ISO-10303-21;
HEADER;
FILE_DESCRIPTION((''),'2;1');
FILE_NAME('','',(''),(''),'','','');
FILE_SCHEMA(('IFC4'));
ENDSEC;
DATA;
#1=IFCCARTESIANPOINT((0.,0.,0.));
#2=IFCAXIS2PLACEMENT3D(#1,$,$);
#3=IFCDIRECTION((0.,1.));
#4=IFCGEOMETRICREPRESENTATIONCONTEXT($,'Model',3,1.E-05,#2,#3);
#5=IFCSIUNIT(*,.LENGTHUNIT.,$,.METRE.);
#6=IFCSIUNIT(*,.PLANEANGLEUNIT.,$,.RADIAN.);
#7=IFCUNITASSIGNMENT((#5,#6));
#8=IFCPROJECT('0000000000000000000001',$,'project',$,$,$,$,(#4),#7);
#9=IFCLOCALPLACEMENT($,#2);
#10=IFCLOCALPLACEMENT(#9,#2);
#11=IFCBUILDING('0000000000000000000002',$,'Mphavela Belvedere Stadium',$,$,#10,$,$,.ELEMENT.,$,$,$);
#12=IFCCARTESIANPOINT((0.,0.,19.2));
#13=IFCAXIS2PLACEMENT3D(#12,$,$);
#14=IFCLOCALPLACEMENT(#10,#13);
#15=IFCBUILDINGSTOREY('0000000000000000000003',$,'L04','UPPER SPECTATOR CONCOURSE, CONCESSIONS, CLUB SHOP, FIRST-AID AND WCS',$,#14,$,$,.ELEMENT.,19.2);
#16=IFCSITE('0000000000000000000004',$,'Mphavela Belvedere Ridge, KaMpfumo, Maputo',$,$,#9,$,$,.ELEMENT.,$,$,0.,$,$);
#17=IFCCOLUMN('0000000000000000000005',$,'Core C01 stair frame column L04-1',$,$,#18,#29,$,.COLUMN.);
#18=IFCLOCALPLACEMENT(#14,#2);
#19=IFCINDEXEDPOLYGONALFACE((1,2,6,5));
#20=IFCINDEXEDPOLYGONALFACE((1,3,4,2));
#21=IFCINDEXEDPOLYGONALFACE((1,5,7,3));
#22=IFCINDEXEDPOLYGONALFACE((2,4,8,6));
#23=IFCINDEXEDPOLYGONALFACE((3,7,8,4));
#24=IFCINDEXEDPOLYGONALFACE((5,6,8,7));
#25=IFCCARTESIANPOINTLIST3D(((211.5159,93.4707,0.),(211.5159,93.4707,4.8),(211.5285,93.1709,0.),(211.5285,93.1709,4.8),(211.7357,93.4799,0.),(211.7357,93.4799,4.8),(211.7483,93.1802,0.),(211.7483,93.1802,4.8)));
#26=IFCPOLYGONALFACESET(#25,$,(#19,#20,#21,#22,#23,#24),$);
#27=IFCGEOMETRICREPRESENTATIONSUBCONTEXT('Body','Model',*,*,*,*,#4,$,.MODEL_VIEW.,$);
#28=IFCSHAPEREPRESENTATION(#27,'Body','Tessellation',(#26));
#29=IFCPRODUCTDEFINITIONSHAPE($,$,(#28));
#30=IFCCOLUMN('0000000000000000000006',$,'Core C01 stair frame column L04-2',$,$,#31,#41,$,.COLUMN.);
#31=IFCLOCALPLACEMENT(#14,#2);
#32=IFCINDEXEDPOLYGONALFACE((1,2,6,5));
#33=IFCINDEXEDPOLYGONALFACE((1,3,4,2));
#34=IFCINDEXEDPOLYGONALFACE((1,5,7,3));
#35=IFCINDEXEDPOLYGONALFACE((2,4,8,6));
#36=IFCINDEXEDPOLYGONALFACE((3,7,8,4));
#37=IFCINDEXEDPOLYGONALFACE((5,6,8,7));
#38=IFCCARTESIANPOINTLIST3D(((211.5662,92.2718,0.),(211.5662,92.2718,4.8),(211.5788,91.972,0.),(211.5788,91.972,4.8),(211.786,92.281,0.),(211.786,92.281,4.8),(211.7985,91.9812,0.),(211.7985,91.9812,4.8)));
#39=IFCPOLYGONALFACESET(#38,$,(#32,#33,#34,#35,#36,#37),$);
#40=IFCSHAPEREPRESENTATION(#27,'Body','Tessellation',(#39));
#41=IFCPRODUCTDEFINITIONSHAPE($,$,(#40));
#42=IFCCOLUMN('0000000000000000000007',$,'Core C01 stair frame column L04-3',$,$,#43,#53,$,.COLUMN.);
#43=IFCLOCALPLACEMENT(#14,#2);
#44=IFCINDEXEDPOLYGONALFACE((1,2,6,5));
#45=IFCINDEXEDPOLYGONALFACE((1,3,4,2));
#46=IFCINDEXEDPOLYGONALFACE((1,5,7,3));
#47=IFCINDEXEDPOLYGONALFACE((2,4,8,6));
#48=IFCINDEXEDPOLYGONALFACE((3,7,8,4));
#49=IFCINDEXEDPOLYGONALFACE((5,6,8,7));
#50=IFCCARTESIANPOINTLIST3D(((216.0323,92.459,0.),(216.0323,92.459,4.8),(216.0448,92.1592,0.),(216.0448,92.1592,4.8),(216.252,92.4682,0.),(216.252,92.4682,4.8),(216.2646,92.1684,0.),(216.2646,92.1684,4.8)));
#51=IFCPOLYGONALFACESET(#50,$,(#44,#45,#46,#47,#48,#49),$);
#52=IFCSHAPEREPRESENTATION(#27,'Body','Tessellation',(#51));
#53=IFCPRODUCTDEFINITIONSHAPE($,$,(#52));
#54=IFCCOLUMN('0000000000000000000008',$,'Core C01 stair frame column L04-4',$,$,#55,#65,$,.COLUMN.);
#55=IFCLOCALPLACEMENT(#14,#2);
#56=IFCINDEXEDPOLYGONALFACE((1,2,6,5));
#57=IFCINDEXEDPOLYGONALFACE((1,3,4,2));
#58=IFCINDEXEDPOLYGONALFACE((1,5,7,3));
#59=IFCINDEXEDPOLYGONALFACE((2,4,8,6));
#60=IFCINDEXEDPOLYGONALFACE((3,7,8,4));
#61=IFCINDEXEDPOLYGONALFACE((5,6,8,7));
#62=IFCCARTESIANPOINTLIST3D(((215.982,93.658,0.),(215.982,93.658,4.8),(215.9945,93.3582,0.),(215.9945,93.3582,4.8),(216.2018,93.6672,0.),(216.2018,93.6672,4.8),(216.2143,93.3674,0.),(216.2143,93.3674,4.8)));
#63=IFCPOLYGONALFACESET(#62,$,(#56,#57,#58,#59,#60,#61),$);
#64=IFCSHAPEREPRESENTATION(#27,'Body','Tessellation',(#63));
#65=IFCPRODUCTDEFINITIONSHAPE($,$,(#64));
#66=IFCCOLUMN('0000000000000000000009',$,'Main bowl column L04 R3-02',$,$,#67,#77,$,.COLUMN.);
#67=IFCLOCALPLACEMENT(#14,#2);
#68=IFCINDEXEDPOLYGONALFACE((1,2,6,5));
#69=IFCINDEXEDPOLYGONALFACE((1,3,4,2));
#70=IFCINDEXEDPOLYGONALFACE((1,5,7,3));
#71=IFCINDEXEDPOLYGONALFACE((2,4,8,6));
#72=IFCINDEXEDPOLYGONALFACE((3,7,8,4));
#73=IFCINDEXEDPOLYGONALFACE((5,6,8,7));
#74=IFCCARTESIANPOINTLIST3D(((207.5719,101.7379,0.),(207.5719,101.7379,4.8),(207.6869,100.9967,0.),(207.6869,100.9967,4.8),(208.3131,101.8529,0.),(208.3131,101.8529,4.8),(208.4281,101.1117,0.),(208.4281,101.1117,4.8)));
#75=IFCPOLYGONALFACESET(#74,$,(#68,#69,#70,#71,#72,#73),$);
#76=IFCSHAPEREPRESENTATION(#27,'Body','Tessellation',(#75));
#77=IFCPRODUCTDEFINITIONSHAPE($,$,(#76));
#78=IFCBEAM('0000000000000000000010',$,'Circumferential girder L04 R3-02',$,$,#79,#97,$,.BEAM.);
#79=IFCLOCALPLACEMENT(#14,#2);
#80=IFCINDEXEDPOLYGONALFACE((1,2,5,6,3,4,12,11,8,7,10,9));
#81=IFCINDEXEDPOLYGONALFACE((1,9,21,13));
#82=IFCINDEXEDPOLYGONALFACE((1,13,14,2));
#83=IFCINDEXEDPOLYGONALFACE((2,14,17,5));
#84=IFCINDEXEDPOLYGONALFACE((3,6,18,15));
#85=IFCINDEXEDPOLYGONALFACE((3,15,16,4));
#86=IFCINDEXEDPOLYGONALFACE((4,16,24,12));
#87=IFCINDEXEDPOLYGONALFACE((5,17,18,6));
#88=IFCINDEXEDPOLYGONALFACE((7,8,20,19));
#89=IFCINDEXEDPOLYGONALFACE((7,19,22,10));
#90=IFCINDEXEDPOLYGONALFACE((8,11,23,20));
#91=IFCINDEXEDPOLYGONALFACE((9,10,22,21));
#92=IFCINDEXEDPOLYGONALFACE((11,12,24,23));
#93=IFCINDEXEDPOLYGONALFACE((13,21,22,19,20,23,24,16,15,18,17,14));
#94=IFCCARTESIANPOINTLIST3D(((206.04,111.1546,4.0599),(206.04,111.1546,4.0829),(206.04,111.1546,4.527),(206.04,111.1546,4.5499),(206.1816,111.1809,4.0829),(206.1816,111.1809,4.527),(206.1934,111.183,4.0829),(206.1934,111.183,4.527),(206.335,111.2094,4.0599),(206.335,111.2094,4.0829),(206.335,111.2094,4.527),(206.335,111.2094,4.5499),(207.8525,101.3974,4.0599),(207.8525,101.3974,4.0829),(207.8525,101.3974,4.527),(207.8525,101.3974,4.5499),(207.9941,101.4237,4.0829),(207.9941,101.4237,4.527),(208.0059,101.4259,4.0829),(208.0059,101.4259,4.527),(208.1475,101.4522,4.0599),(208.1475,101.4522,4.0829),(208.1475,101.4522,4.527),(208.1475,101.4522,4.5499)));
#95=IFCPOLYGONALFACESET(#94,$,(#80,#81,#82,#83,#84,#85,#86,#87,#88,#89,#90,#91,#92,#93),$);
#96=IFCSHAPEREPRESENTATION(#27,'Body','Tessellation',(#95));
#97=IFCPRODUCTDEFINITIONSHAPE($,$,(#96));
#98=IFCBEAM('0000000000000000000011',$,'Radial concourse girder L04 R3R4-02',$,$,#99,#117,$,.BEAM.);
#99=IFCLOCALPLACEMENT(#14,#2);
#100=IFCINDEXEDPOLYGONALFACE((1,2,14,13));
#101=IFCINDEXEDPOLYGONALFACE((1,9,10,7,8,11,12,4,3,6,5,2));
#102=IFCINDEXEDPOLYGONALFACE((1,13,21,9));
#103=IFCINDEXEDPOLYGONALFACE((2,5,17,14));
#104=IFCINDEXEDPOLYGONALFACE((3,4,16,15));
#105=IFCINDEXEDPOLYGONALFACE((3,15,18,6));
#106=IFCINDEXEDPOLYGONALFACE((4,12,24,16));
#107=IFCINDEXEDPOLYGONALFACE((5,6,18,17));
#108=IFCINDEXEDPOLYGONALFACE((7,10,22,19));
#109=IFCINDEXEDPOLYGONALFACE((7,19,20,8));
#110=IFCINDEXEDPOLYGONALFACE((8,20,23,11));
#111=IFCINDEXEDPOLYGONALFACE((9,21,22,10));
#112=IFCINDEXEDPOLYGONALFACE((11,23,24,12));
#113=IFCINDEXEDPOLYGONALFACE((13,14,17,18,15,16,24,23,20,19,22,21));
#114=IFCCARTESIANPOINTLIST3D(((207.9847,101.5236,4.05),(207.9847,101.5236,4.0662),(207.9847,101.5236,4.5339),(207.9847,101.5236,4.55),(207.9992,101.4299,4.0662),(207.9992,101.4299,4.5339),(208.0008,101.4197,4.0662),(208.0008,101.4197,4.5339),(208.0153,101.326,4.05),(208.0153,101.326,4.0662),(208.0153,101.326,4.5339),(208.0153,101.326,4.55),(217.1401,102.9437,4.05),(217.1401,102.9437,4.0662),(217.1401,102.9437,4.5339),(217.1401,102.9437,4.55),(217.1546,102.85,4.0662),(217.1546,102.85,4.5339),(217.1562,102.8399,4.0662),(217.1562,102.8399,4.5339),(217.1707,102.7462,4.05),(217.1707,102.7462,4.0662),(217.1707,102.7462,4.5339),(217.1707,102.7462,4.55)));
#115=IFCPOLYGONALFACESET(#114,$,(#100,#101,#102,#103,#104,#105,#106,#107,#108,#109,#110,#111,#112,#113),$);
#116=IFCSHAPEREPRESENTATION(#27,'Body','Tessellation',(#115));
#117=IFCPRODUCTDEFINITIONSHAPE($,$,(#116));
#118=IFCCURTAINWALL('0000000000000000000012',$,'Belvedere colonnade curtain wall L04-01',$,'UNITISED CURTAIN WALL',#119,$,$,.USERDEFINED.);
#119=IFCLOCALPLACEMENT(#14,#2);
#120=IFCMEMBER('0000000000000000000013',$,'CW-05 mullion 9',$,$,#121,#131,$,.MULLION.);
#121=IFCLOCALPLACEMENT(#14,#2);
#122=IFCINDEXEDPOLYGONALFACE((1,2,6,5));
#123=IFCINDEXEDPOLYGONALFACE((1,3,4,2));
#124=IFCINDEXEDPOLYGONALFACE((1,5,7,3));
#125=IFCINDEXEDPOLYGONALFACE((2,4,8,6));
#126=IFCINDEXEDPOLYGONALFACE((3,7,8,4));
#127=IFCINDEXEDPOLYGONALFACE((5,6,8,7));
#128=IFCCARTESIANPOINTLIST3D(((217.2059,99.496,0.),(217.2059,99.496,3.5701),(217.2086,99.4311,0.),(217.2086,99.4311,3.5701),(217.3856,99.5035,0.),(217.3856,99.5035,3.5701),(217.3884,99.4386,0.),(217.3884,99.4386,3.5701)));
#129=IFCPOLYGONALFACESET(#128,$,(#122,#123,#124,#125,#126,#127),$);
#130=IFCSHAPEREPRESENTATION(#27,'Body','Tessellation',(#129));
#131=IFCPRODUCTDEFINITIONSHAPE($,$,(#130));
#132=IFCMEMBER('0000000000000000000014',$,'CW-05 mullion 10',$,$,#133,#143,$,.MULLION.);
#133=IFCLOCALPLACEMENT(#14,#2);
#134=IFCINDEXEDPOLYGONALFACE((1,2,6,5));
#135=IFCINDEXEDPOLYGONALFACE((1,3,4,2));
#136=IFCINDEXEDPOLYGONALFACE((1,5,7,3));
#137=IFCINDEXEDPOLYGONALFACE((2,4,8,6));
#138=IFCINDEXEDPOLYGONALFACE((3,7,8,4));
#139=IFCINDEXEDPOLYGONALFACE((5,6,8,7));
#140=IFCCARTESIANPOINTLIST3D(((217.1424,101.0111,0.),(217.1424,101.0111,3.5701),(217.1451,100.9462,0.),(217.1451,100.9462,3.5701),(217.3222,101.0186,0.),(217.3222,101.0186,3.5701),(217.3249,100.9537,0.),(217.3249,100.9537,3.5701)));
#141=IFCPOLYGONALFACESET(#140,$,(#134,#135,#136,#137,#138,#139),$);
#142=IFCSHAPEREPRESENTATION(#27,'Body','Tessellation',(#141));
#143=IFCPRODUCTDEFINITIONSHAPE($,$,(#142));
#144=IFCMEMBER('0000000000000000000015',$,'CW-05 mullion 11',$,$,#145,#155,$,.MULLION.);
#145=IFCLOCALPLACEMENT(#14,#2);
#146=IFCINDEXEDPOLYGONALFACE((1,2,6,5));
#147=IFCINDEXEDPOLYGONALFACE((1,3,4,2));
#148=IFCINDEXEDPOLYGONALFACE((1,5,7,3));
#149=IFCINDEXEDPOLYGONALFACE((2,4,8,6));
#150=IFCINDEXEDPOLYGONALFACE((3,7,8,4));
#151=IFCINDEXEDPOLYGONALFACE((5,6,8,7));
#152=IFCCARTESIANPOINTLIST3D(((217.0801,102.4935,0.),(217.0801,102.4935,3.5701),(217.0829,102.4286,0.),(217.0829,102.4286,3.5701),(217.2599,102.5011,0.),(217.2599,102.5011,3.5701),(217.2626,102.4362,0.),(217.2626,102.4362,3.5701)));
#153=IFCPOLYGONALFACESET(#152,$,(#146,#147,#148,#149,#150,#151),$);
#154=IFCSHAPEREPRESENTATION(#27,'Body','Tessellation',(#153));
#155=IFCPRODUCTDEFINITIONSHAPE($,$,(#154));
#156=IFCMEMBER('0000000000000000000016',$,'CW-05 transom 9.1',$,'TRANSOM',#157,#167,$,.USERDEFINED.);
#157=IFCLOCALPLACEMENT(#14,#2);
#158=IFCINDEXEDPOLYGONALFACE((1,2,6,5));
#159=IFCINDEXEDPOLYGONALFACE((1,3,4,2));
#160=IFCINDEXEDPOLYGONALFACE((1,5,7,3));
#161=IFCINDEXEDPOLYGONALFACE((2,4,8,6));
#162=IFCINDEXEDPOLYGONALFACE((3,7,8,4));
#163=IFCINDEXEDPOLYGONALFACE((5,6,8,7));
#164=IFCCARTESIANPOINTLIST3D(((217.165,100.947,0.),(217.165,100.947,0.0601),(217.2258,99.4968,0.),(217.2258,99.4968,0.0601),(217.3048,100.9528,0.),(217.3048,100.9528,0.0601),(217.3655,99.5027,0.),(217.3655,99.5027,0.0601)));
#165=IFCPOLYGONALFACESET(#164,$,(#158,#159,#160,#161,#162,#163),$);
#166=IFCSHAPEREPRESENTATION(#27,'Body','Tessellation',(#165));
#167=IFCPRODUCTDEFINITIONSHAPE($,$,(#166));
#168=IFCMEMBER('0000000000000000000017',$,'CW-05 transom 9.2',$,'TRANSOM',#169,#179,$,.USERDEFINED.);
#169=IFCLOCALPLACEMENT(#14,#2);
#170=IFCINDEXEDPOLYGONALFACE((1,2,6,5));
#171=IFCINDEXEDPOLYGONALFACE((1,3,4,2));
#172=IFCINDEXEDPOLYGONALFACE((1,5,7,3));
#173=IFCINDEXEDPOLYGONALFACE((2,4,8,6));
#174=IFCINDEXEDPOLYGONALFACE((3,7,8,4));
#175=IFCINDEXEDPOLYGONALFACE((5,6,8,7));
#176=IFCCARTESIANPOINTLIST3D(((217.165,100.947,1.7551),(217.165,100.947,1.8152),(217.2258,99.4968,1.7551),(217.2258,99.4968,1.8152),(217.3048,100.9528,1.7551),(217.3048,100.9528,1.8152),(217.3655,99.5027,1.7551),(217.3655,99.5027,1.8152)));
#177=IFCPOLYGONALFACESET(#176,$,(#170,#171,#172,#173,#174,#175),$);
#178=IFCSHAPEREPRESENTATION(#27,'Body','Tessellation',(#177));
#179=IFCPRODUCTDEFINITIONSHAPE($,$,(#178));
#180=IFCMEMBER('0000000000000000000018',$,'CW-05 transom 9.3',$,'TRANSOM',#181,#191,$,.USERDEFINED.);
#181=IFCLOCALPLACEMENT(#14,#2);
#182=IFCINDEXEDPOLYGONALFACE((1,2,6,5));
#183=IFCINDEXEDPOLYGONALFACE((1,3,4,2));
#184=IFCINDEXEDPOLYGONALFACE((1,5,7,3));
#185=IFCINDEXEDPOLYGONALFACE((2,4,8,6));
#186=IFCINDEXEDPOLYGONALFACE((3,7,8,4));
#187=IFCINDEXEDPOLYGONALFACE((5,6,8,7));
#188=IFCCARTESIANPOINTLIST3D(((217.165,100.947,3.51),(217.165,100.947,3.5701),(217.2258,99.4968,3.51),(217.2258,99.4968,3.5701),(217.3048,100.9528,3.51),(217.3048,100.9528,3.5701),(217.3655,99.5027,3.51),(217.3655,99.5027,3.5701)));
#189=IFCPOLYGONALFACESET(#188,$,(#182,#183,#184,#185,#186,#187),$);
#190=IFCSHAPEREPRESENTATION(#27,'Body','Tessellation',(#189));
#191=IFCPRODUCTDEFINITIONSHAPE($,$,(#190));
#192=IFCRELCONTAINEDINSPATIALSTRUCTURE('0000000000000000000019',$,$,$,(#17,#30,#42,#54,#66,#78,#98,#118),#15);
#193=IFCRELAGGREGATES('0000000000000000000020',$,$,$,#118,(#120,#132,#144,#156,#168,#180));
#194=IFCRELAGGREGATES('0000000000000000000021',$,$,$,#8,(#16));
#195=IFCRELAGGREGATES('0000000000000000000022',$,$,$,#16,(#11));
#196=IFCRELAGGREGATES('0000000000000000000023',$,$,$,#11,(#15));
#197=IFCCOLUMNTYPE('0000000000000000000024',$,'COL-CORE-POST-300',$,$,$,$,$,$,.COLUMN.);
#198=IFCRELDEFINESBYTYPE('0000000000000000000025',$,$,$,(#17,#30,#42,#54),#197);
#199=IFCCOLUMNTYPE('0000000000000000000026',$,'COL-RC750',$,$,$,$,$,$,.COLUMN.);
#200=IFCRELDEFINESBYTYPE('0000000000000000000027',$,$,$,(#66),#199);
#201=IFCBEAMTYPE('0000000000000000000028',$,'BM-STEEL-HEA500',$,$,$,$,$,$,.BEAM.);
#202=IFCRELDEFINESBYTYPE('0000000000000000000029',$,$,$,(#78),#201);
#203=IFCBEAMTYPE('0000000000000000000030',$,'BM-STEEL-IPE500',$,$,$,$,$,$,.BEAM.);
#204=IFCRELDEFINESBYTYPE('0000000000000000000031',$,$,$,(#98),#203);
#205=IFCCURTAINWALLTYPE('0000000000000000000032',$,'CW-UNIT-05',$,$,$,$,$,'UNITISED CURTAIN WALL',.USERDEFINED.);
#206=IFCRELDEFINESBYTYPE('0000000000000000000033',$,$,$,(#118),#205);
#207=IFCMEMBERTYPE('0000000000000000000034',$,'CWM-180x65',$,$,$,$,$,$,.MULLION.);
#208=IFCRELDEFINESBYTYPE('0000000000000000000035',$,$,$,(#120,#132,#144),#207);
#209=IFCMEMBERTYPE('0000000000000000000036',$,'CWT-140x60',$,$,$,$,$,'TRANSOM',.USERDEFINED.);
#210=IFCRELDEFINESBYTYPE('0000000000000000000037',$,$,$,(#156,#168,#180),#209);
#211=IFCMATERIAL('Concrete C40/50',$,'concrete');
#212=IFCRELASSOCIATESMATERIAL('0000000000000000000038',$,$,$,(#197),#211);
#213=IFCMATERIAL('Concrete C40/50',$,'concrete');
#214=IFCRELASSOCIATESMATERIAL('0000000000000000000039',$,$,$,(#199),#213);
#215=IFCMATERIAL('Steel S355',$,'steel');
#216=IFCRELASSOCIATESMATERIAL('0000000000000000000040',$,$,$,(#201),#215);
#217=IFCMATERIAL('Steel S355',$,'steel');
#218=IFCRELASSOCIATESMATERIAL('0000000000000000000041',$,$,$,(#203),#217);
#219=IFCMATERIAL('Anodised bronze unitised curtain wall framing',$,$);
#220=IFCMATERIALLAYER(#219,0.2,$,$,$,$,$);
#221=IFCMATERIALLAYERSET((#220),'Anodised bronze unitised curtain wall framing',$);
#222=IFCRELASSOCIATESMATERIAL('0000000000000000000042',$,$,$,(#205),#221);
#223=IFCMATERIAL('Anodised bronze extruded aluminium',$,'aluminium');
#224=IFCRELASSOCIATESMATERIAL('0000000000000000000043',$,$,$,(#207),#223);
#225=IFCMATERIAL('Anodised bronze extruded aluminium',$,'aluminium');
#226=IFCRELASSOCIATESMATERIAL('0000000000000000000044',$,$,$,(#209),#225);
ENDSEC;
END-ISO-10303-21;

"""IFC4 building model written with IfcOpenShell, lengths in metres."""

from ifc_helpers import new_model, si_unit, direction, frame, origin, origin_2d, place, context, subcontext, project, spatial, rectangle, i_section, extrude, material, layer, layer_set, material_profile, profile_set, type_object, element, aggregate, save


model = new_model("IFC4")

# Units and contexts
model_context = context("Model", 3, precision=1e-05, world=origin(), true_north=direction((0.0, 1.0)))
body_context = subcontext(model_context, "Body", "Model", "MODEL_VIEW")
ifc_project = project(units=[si_unit("LENGTHUNIT", "METRE"), si_unit("PLANEANGLEUNIT", "RADIAN")], contexts=[model_context])

# Site, building, storey
site_placement = place(None, origin())
site = spatial("IfcSite", under=ifc_project, at=site_placement, Name="Mphavela Belvedere Ridge, KaMpfumo, Maputo", CompositionType="ELEMENT", RefElevation=0.0)
building_placement = place(site_placement, origin())
building = spatial("IfcBuilding", under=site, at=building_placement, Name="Mphavela Belvedere Stadium", CompositionType="ELEMENT")
storey_placement = place(building_placement, frame((0.0, 0.0, 19.2)))
storey = spatial("IfcBuildingStorey", under=building, at=storey_placement, Name="L04", Description="UPPER SPECTATOR CONCOURSE, CONCESSIONS, CLUB SHOP, FIRST-AID AND WCS", CompositionType="ELEMENT", Elevation=19.2)

# Columns
ifc_material_1 = material(Name="Concrete C40/50", Category="concrete")
ifc_material_profile_1 = material_profile(ifc_material_1, rectangle(XDim=0.3, YDim=0.22, at=origin_2d()), Name="RC 300x220")
ifc_profile_set_1 = profile_set([ifc_material_profile_1], Name="Concrete C40/50")
column_type_1 = type_object("IfcColumnType", Name="COL-CORE-POST-300", PredefinedType="COLUMN", material=ifc_profile_set_1)
for number, where, z_axis, x_axis, name in (
    (1, (211.6321, 93.3254, 0.0), (0.0, 0.0, 1.0), (0.041876, -0.999123, 0.0), "Core C01 stair frame column L04-1"),
    (2, (211.6824, 92.1265, 0.0), (0.0, 0.0, 1.0), (0.041876, -0.999123, 0.0), "Core C01 stair frame column L04-2"),
    (3, (216.1484, 92.3137, 0.0), (0.0, 0.0, 1.0), (0.041876, -0.999123, 0.0), "Core C01 stair frame column L04-3"),
    (4, (216.0981, 93.5127, 0.0), (0.0, 0.0, 1.0), (0.041876, -0.999123, 0.0), "Core C01 stair frame column L04-4"),
):
    element("IfcColumn", number, at=place(storey_placement, frame(where, z_axis=z_axis, x_axis=x_axis)), inside=storey, type_object=column_type_1, Name=name, PredefinedType="COLUMN", context=body_context, shape_type="SweptSolid", body=[
        extrude(rectangle(XDim=0.3, YDim=0.22, at=origin_2d()), origin(), (0.0, 0.0, 1.0), 4.8),
    ])
ifc_material_2 = material(Name="Concrete C40/50", Category="concrete")
ifc_material_profile_2 = material_profile(ifc_material_2, rectangle(XDim=0.75, YDim=0.75, at=origin_2d()), Name="RC 750x750")
ifc_profile_set_2 = profile_set([ifc_material_profile_2], Name="Concrete C40/50")
column_type_2 = type_object("IfcColumnType", Name="COL-RC750", PredefinedType="COLUMN", material=ifc_profile_set_2)
column_placement = place(storey_placement, frame((208.0, 101.4248, 0.0), z_axis=(0.0, 0.0, 1.0), x_axis=(0.988175, 0.153331, 0.0)))
element("IfcColumn", 5, at=column_placement, inside=storey, type_object=column_type_2, Name="Main bowl column L04 R3-02", PredefinedType="COLUMN", context=body_context, shape_type="SweptSolid", body=[
    extrude(rectangle(XDim=0.75, YDim=0.75, at=origin_2d()), origin(), (0.0, 0.0, 1.0), 4.8),
])

# Beams
ifc_material_3 = material(Name="Steel S355", Category="steel")
ifc_material_profile_3 = material_profile(ifc_material_3, i_section(OverallWidth=0.3, OverallDepth=0.49, WebThickness=0.012, FlangeThickness=0.0229, at=origin_2d()), Name="HEA 500")
ifc_profile_set_3 = profile_set([ifc_material_profile_3], Name="Steel S355")
beam_type_1 = type_object("IfcBeamType", Name="BM-STEEL-HEA500", PredefinedType="BEAM", material=ifc_profile_set_3)
beam_1_placement = place(storey_placement, frame((208.0, 101.4248, 4.3049), z_axis=(-0.182638, 0.98318, 0.0), x_axis=(-0.98318, -0.182638, 0.0)))
element("IfcBeam", 6, at=beam_1_placement, inside=storey, type_object=beam_type_1, Name="Circumferential girder L04 R3-02", PredefinedType="BEAM", context=body_context, shape_type="SweptSolid", body=[
    extrude(i_section(OverallWidth=0.3, OverallDepth=0.49, WebThickness=0.012, FlangeThickness=0.0229, at=origin_2d()), origin(), (0.0, 0.0, 1.0), 9.9241),
])
ifc_material_4 = material(Name="Steel S355", Category="steel")
ifc_material_profile_4 = material_profile(ifc_material_4, i_section(OverallWidth=0.2, OverallDepth=0.5, WebThickness=0.0103, FlangeThickness=0.0161, at=origin_2d()), Name="IPE 500")
ifc_profile_set_4 = profile_set([ifc_material_profile_4], Name="Steel S355")
beam_type_2 = type_object("IfcBeamType", Name="BM-STEEL-IPE500", PredefinedType="BEAM", material=ifc_profile_set_4)
beam_2_placement = place(storey_placement, frame((208.0, 101.4248, 4.3), z_axis=(0.988182, 0.153283, 0.0), x_axis=(-0.153283, 0.988182, 0.0)))
element("IfcBeam", 7, at=beam_2_placement, inside=storey, type_object=beam_type_2, Name="Radial concourse girder L04 R3R4-02", PredefinedType="BEAM", context=body_context, shape_type="SweptSolid", body=[
    extrude(i_section(OverallWidth=0.2, OverallDepth=0.5, WebThickness=0.0103, FlangeThickness=0.0161, at=origin_2d()), origin(), (0.0, 0.0, 1.0), 9.2649),
])

# Curtain wall, members
ifc_material_5 = material(Name="Anodised bronze unitised curtain wall framing")
ifc_layer_1 = layer(ifc_material_5, 0.2)
ifc_layer_set_1 = layer_set([ifc_layer_1], Name="Anodised bronze unitised curtain wall framing")
curtain_wall_type = type_object("IfcCurtainWallType", Name="CW-UNIT-05", ElementType="UNITISED CURTAIN WALL", PredefinedType="USERDEFINED", material=ifc_layer_set_1)
curtain_wall_placement = place(storey_placement, origin())
curtain_wall = element("IfcCurtainWall", 8, at=curtain_wall_placement, inside=storey, type_object=curtain_wall_type, Name="Belvedere colonnade curtain wall L04-01", ObjectType="UNITISED CURTAIN WALL", PredefinedType="USERDEFINED")
ifc_material_6 = material(Name="Anodised bronze extruded aluminium", Category="aluminium")
ifc_material_profile_5 = material_profile(ifc_material_6, rectangle(XDim=0.1799, YDim=0.0649, at=origin_2d()), Name="CW-MUL 180x65")
ifc_profile_set_5 = profile_set([ifc_material_profile_5], Name="Anodised bronze extruded aluminium")
member_type_1 = type_object("IfcMemberType", Name="CWM-180x65", PredefinedType="MULLION", material=ifc_profile_set_5)
member_1_placement = place(storey_placement, frame((217.2971, 99.4673, 0.0), z_axis=(0.0, 0.0, 1.0), x_axis=(-0.999122, -0.041905, 0.0)))
member_1 = element("IfcMember", 9, at=member_1_placement, type_object=member_type_1, Name="CW-05 mullion 9", PredefinedType="MULLION", context=body_context, shape_type="SweptSolid", body=[
    extrude(rectangle(XDim=0.1799, YDim=0.0649, at=origin_2d()), origin(), (0.0, 0.0, 1.0), 3.5701),
])
member_2_placement = place(storey_placement, frame((217.2336, 100.9824, 0.0), z_axis=(0.0, 0.0, 1.0), x_axis=(-0.999122, -0.041905, 0.0)))
member_2 = element("IfcMember", 10, at=member_2_placement, type_object=member_type_1, Name="CW-05 mullion 10", PredefinedType="MULLION", context=body_context, shape_type="SweptSolid", body=[
    extrude(rectangle(XDim=0.1799, YDim=0.0649, at=origin_2d()), origin(), (0.0, 0.0, 1.0), 3.5701),
])
member_3_placement = place(storey_placement, frame((217.1714, 102.4648, 0.0), z_axis=(0.0, 0.0, 1.0), x_axis=(-0.999122, -0.041905, 0.0)))
member_3 = element("IfcMember", 11, at=member_3_placement, type_object=member_type_1, Name="CW-05 mullion 11", PredefinedType="MULLION", context=body_context, shape_type="SweptSolid", body=[
    extrude(rectangle(XDim=0.1799, YDim=0.0649, at=origin_2d()), origin(), (0.0, 0.0, 1.0), 3.5701),
])
ifc_material_7 = material(Name="Anodised bronze extruded aluminium", Category="aluminium")
ifc_material_profile_6 = material_profile(ifc_material_7, rectangle(XDim=0.1399, YDim=0.0601, at=origin_2d()), Name="CW-TRN 140x60")
ifc_profile_set_6 = profile_set([ifc_material_profile_6], Name="Anodised bronze extruded aluminium")
member_type_2 = type_object("IfcMemberType", Name="CWT-140x60", ElementType="TRANSOM", PredefinedType="USERDEFINED", material=ifc_profile_set_6)
member_4_placement = place(storey_placement, frame((217.2957, 99.4998, 0.03), z_axis=(-0.041882, 0.999123, 0.0), x_axis=(-0.999123, -0.041882, 0.0)))
member_4 = element("IfcMember", 12, at=member_4_placement, type_object=member_type_2, Name="CW-05 transom 9.1", ObjectType="TRANSOM", PredefinedType="USERDEFINED", context=body_context, shape_type="SweptSolid", body=[
    extrude(rectangle(XDim=0.1399, YDim=0.0601, at=origin_2d()), origin(), (0.0, 0.0, 1.0), 1.4514),
])
member_5_placement = place(storey_placement, frame((217.2957, 99.4998, 1.7852), z_axis=(-0.041882, 0.999123, 0.0), x_axis=(-0.999123, -0.041882, 0.0)))
member_5 = element("IfcMember", 13, at=member_5_placement, type_object=member_type_2, Name="CW-05 transom 9.2", ObjectType="TRANSOM", PredefinedType="USERDEFINED", context=body_context, shape_type="SweptSolid", body=[
    extrude(rectangle(XDim=0.1399, YDim=0.0601, at=origin_2d()), origin(), (0.0, 0.0, 1.0), 1.4514),
])
member_6_placement = place(storey_placement, frame((217.2957, 99.4998, 3.54), z_axis=(-0.041882, 0.999123, 0.0), x_axis=(-0.999123, -0.041882, 0.0)))
member_6 = element("IfcMember", 14, at=member_6_placement, type_object=member_type_2, Name="CW-05 transom 9.3", ObjectType="TRANSOM", PredefinedType="USERDEFINED", context=body_context, shape_type="SweptSolid", body=[
    extrude(rectangle(XDim=0.1399, YDim=0.0601, at=origin_2d()), origin(), (0.0, 0.0, 1.0), 1.4514),
])
aggregate(curtain_wall, [member_1, member_2, member_3, member_4, member_5, member_6])

save(model, "model.ifc")
